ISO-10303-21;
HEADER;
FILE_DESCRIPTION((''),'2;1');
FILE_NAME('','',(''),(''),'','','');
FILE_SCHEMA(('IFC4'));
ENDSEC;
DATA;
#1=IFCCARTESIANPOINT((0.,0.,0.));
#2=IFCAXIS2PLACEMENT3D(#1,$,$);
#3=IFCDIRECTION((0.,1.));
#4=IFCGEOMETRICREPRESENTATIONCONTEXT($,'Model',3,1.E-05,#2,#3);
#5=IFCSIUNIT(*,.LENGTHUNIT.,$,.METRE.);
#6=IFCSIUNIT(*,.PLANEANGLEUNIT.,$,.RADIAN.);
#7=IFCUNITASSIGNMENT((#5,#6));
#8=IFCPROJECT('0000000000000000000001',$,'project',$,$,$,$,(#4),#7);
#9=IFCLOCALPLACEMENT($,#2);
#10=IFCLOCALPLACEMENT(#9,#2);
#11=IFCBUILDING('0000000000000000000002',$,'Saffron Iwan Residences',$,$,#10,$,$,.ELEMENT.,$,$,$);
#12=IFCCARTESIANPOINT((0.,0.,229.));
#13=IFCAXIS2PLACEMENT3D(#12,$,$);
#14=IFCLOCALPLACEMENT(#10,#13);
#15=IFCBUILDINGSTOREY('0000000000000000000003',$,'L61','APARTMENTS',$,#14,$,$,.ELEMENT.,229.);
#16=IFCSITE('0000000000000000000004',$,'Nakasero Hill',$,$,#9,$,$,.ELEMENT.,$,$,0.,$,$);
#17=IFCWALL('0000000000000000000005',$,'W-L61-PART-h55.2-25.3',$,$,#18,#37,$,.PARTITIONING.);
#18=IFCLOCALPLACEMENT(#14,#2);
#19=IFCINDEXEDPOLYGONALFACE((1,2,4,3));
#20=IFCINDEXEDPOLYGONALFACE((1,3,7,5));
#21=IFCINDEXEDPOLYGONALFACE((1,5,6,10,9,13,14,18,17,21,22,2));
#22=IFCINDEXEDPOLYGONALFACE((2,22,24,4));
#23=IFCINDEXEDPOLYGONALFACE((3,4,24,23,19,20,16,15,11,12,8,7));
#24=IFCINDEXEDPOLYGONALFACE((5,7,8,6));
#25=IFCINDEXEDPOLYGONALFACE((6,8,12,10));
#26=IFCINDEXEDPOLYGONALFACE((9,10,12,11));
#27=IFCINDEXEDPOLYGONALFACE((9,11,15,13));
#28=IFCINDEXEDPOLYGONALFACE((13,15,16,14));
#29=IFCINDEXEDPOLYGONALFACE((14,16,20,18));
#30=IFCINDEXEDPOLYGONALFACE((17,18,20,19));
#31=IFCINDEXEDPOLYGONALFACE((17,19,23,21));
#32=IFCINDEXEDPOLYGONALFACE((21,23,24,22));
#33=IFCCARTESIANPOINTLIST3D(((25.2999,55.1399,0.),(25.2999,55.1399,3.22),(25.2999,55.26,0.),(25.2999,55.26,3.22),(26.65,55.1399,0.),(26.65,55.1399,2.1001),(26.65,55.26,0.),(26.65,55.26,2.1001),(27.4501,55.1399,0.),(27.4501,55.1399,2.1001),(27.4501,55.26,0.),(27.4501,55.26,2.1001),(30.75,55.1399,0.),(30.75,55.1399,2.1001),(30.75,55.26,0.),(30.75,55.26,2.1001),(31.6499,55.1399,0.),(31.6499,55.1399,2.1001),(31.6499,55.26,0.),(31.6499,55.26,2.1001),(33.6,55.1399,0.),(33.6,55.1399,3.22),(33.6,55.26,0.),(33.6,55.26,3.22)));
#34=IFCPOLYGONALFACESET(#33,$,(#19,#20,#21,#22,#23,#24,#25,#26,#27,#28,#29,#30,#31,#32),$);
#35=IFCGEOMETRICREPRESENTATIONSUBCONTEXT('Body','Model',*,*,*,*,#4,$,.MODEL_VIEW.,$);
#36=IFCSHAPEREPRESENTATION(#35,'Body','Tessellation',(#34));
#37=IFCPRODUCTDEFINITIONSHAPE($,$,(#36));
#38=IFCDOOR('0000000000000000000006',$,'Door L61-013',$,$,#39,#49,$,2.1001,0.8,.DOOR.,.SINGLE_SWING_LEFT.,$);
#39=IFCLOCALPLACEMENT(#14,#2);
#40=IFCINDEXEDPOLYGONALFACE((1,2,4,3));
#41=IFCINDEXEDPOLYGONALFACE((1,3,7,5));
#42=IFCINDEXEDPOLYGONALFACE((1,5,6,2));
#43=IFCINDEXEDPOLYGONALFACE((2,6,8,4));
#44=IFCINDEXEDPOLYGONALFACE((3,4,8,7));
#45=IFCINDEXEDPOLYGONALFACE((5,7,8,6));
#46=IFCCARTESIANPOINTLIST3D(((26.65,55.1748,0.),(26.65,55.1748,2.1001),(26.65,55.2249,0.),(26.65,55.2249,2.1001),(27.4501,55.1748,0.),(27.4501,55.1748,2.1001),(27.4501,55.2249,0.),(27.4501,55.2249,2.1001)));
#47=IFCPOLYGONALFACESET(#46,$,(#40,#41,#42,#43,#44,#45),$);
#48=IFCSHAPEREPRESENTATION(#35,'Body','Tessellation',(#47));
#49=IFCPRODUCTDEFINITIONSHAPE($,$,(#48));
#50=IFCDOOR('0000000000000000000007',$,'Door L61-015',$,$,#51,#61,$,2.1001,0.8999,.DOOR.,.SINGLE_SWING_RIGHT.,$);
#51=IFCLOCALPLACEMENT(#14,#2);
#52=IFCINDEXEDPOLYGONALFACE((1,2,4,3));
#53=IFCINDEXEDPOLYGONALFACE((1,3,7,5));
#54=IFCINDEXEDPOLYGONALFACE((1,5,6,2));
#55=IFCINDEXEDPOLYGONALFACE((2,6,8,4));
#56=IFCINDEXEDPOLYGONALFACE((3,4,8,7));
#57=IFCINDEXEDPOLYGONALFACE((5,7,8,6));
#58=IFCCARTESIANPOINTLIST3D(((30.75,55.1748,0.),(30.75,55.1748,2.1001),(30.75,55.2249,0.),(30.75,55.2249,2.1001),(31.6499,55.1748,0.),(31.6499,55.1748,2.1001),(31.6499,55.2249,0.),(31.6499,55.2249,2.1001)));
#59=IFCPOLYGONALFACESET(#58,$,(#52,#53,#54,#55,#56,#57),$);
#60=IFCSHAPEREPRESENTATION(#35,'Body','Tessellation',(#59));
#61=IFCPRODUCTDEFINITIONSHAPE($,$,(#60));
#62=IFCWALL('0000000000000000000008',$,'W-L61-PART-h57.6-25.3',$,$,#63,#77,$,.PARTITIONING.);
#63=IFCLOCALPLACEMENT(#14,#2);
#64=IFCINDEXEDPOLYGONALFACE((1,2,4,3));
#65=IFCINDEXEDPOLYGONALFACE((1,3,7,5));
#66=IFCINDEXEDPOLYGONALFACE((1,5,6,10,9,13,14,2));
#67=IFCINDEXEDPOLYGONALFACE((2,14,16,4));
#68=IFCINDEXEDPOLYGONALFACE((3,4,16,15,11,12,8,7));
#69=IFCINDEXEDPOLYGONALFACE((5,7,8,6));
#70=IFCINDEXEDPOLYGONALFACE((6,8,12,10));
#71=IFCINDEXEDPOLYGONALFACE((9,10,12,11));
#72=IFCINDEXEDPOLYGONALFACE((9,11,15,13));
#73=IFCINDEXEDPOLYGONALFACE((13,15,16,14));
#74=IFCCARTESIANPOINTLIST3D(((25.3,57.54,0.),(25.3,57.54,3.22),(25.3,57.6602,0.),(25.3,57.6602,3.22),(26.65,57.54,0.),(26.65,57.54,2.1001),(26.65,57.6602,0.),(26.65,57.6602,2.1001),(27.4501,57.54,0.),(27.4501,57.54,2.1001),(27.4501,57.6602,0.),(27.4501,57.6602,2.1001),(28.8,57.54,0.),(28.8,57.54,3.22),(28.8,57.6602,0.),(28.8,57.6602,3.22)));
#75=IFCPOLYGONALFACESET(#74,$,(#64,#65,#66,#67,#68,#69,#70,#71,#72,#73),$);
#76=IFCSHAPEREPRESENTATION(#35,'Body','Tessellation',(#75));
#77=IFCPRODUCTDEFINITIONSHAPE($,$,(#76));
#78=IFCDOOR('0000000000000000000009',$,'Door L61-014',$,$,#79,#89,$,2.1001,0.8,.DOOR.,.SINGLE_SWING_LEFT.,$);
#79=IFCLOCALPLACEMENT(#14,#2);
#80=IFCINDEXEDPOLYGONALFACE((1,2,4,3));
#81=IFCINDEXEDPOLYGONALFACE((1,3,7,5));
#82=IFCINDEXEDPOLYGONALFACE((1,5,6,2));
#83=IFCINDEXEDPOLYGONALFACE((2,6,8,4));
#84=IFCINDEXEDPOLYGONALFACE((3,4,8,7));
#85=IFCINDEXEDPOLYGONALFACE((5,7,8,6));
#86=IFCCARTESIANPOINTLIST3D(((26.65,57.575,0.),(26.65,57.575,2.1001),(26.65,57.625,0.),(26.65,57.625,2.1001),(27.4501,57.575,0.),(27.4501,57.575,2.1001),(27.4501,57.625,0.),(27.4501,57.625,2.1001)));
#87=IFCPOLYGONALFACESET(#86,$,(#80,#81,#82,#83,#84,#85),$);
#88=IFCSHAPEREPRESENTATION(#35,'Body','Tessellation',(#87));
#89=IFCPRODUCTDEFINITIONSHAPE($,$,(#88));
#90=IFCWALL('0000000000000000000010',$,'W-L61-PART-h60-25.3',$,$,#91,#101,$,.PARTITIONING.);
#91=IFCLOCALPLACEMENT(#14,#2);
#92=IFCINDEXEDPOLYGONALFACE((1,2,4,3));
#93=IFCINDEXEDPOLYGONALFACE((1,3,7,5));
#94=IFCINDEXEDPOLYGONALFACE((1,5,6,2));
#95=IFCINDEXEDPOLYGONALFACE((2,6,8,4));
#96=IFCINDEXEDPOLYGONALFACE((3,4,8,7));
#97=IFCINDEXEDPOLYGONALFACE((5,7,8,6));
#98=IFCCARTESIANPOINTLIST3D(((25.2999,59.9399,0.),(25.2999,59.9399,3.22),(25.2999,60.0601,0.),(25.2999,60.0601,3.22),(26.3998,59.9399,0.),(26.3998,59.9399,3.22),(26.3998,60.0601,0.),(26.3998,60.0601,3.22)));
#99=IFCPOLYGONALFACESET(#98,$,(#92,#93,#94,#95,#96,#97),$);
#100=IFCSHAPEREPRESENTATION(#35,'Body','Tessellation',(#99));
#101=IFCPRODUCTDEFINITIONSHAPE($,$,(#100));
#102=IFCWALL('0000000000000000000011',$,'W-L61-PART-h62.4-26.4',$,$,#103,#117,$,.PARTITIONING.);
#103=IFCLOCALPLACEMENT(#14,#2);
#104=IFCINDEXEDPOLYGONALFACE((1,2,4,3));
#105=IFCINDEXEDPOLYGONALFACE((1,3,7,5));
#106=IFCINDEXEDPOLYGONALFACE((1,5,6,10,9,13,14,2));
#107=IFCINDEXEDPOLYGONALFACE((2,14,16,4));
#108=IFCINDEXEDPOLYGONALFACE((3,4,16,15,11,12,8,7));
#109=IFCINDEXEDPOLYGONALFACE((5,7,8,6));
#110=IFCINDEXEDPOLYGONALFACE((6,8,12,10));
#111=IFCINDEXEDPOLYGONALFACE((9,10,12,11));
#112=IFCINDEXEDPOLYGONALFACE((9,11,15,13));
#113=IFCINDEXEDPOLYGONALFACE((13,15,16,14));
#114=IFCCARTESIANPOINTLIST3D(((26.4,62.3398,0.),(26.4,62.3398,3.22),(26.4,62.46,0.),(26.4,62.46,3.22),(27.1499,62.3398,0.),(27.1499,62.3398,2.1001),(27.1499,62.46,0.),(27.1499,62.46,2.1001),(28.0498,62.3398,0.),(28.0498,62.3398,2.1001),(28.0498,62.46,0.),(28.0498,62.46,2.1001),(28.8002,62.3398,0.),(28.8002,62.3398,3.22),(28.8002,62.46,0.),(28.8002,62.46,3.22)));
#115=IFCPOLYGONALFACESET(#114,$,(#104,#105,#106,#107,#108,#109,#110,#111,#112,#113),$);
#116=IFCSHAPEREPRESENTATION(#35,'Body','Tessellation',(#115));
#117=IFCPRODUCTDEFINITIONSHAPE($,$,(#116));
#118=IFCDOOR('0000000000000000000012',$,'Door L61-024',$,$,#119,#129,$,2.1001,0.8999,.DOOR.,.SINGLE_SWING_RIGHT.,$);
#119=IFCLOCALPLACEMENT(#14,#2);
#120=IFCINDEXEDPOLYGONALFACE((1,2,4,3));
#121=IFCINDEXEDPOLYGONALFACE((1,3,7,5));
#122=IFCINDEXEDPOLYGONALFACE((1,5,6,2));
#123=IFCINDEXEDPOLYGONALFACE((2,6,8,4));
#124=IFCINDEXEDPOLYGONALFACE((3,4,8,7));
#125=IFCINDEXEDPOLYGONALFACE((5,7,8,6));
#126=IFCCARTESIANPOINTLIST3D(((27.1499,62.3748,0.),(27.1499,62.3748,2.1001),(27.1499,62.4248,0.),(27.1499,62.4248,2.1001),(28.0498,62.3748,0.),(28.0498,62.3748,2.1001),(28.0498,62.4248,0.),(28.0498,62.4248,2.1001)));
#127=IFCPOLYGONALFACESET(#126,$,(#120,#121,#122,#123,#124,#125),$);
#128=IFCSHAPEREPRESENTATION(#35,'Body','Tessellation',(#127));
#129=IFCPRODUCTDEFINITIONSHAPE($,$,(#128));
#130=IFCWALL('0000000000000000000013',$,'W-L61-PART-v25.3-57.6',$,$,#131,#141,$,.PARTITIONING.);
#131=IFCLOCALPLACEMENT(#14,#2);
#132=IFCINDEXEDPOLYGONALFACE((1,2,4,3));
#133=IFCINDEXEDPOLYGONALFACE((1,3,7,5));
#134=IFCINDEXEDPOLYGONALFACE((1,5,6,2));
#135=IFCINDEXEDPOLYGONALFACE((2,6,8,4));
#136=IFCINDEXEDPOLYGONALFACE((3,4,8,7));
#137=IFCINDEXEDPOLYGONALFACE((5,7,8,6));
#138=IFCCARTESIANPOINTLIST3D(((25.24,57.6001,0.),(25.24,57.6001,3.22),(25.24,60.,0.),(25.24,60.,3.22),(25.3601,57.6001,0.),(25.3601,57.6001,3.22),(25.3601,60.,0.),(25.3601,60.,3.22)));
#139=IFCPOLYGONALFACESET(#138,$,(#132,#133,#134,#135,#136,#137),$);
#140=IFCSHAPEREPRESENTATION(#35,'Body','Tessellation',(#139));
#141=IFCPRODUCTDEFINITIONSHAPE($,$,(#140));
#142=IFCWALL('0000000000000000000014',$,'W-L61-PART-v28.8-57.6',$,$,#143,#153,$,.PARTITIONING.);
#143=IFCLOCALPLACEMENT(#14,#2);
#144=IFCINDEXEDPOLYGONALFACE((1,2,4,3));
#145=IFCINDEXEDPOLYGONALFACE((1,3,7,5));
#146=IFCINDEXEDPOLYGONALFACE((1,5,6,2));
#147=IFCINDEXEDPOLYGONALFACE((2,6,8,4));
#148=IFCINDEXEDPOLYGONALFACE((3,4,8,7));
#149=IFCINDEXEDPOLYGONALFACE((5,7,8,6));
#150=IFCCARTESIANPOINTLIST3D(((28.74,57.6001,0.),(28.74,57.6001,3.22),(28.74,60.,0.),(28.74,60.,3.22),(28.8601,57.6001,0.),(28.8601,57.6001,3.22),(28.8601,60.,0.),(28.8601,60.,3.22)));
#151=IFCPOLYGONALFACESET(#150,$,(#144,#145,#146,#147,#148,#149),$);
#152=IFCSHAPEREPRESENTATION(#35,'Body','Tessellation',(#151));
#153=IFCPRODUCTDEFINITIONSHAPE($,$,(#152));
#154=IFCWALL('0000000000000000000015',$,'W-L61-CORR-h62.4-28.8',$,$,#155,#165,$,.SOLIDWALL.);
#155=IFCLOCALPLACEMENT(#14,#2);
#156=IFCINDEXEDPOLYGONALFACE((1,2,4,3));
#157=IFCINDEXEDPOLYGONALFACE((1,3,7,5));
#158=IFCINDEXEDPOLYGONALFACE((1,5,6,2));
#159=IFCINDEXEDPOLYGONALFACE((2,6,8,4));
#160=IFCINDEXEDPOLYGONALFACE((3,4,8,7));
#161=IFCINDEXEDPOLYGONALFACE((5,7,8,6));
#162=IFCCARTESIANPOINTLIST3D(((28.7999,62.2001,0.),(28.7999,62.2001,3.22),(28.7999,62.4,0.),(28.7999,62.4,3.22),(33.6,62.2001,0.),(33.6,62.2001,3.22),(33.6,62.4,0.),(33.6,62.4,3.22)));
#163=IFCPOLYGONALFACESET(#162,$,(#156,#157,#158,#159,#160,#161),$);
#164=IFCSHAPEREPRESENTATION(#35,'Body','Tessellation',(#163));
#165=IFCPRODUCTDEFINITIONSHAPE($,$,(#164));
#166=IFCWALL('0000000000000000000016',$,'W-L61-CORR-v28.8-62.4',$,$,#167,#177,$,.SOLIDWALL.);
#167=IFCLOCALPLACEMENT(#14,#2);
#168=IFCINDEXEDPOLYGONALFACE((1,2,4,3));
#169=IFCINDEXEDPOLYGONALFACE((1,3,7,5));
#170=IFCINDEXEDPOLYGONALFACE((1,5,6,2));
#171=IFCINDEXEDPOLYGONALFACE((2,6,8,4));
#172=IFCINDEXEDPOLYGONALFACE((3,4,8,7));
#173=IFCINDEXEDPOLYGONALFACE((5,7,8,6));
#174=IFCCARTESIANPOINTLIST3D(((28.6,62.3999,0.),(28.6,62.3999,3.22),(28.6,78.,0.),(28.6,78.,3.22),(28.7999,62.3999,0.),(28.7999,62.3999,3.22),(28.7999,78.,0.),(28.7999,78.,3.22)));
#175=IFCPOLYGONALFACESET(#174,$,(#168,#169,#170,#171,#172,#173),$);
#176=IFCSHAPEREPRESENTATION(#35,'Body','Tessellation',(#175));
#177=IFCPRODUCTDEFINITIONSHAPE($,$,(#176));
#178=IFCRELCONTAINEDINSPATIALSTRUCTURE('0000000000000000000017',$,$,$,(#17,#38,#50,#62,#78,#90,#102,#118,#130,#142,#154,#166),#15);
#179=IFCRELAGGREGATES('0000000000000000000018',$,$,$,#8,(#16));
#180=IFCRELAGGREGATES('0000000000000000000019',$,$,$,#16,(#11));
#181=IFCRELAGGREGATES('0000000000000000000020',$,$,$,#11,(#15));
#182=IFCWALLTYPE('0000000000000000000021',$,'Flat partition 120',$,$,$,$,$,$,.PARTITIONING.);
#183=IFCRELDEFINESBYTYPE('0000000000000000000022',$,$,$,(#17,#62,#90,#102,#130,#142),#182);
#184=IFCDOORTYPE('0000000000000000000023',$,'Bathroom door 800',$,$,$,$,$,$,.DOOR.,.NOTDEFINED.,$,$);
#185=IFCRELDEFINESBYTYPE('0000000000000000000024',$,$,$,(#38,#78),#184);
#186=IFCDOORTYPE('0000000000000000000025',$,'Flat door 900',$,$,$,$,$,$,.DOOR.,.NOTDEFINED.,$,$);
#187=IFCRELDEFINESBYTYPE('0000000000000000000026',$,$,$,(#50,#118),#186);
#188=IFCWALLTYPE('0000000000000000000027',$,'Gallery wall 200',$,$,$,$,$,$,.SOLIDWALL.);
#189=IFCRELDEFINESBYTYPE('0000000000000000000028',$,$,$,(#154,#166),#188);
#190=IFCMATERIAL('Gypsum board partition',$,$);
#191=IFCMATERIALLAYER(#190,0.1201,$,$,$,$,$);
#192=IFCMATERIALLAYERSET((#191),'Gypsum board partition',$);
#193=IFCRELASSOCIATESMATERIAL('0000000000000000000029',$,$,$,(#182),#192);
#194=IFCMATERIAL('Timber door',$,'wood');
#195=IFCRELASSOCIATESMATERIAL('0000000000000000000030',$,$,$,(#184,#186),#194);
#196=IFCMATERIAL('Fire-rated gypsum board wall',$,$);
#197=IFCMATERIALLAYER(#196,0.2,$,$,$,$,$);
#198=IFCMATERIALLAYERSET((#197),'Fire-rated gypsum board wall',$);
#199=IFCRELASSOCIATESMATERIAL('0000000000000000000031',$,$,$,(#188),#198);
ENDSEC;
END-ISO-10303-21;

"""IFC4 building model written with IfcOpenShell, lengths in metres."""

from ifc_helpers import new_model, si_unit, direction, frame, frame_2d, origin, place, context, subcontext, project, spatial, rectangle, extrude, material, layer, layer_set, type_object, element, fill, save


model = new_model("IFC4")

# Units and contexts
model_context = context("Model", 3, precision=1e-05, world=origin(), true_north=direction((0.0, 1.0)))
body_context = subcontext(model_context, "Body", "Model", "MODEL_VIEW")
ifc_project = project(units=[si_unit("LENGTHUNIT", "METRE"), si_unit("PLANEANGLEUNIT", "RADIAN")], contexts=[model_context])

# Site, building, storey
site_placement = place(None, origin())
site = spatial("IfcSite", under=ifc_project, at=site_placement, Name="Nakasero Hill", CompositionType="ELEMENT", RefElevation=0.0)
building_placement = place(site_placement, origin())
building = spatial("IfcBuilding", under=site, at=building_placement, Name="Saffron Iwan Residences", CompositionType="ELEMENT")
storey_placement = place(building_placement, frame((0.0, 0.0, 229.0)))
storey = spatial("IfcBuildingStorey", under=building, at=storey_placement, Name="L61", Description="APARTMENTS", CompositionType="ELEMENT", Elevation=229.0)

# Shared definitions
ifc_material_1 = material(Name="Fire-rated gypsum board wall")

# Wall, openings, doors
ifc_material_2 = material(Name="Gypsum board partition")
ifc_layer_1 = layer(ifc_material_2, 0.1201)
ifc_layer_set_1 = layer_set([ifc_layer_1], Name="Gypsum board partition")
wall_type_1 = type_object("IfcWallType", Name="Flat partition 120", PredefinedType="PARTITIONING", material=ifc_layer_set_1)
wall_1_placement = place(storey_placement, frame((25.3, 55.2, 0.0), z_axis=(0.0, 0.0, 1.0), x_axis=(1.0, 0.0, 0.0)))
wall_1 = element("IfcWall", 1, at=wall_1_placement, inside=storey, type_object=wall_type_1, Name="W-L61-PART-h55.2-25.3", PredefinedType="PARTITIONING", context=body_context, shape_type="SweptSolid", body=[
    extrude(rectangle(XDim=8.3, YDim=0.1201, at=frame_2d((4.1499, 0.0))), origin(), (0.0, 0.0, 1.0), 3.22),
])
opening_1_placement = place(wall_1_placement, frame((1.3501, 0.0, 0.0)))
opening_1 = element("IfcOpeningElement", 2, at=opening_1_placement, cuts=wall_1, PredefinedType="OPENING", context=body_context, shape_type="SweptSolid", body=[
    extrude(rectangle(XDim=0.8, YDim=2.1001, at=frame_2d((0.3999, 1.05))), frame((0.0, 0.0701, 0.0), z_axis=(0.0, -1.0, 0.0), x_axis=(1.0, 0.0, 0.0)), (0.0, 0.0, 1.0), 0.1401),
])
opening_2_placement = place(wall_1_placement, frame((5.45, 0.0, 0.0)))
opening_2 = element("IfcOpeningElement", 3, at=opening_2_placement, cuts=wall_1, PredefinedType="OPENING", context=body_context, shape_type="SweptSolid", body=[
    extrude(rectangle(XDim=0.8999, YDim=2.1001, at=frame_2d((0.45, 1.05))), frame((0.0, 0.0701, 0.0), z_axis=(0.0, -1.0, 0.0), x_axis=(1.0, 0.0, 0.0)), (0.0, 0.0, 1.0), 0.1401),
])
ifc_material_3 = material(Name="Timber door", Category="wood")
door_type_1 = type_object("IfcDoorType", Name="Bathroom door 800", OperationType="NOTDEFINED", PredefinedType="DOOR", material=ifc_material_3)
door_1_placement = place(opening_1_placement, origin())
door_1 = element("IfcDoor", 4, at=door_1_placement, inside=storey, type_object=door_type_1, Name="Door L61-013", OperationType="SINGLE_SWING_LEFT", OverallHeight=2.1001, OverallWidth=0.8, PredefinedType="DOOR", context=body_context, shape_type="SweptSolid", body=[
    extrude(rectangle(XDim=0.8, YDim=2.1001, at=frame_2d((0.3999, 1.05))), frame((0.0, 0.0249, 0.0), z_axis=(0.0, -1.0, 0.0), x_axis=(1.0, 0.0, 0.0)), (0.0, 0.0, 1.0), 0.05),
])
fill(opening_1, door_1)
door_type_2 = type_object("IfcDoorType", Name="Flat door 900", OperationType="NOTDEFINED", PredefinedType="DOOR", material=ifc_material_3)
door_2_placement = place(opening_2_placement, origin())
door_2 = element("IfcDoor", 5, at=door_2_placement, inside=storey, type_object=door_type_2, Name="Door L61-015", OperationType="SINGLE_SWING_RIGHT", OverallHeight=2.1001, OverallWidth=0.8999, PredefinedType="DOOR", context=body_context, shape_type="SweptSolid", body=[
    extrude(rectangle(XDim=0.8999, YDim=2.1001, at=frame_2d((0.45, 1.05))), frame((0.0, 0.0249, 0.0), z_axis=(0.0, -1.0, 0.0), x_axis=(1.0, 0.0, 0.0)), (0.0, 0.0, 1.0), 0.05),
])
fill(opening_2, door_2)

# Wall, opening, door
wall_2_placement = place(storey_placement, frame((25.3, 57.6001, 0.0), z_axis=(0.0, 0.0, 1.0), x_axis=(1.0, 0.0, 0.0)))
wall_2 = element("IfcWall", 6, at=wall_2_placement, inside=storey, type_object=wall_type_1, Name="W-L61-PART-h57.6-25.3", PredefinedType="PARTITIONING", context=body_context, shape_type="SweptSolid", body=[
    extrude(rectangle(XDim=3.5, YDim=0.1201, at=frame_2d((1.75, 0.0))), origin(), (0.0, 0.0, 1.0), 3.22),
])
opening_3_placement = place(wall_2_placement, frame((1.3501, 0.0, 0.0)))
opening_3 = element("IfcOpeningElement", 7, at=opening_3_placement, cuts=wall_2, PredefinedType="OPENING", context=body_context, shape_type="SweptSolid", body=[
    extrude(rectangle(XDim=0.8, YDim=2.1001, at=frame_2d((0.3999, 1.05))), frame((0.0, 0.0701, 0.0), z_axis=(0.0, -1.0, 0.0), x_axis=(1.0, 0.0, 0.0)), (0.0, 0.0, 1.0), 0.1401),
])
door_3_placement = place(opening_3_placement, origin())
door_3 = element("IfcDoor", 8, at=door_3_placement, inside=storey, type_object=door_type_1, Name="Door L61-014", OperationType="SINGLE_SWING_LEFT", OverallHeight=2.1001, OverallWidth=0.8, PredefinedType="DOOR", context=body_context, shape_type="SweptSolid", body=[
    extrude(rectangle(XDim=0.8, YDim=2.1001, at=frame_2d((0.3999, 1.05))), frame((0.0, 0.0249, 0.0), z_axis=(0.0, -1.0, 0.0), x_axis=(1.0, 0.0, 0.0)), (0.0, 0.0, 1.0), 0.05),
])
fill(opening_3, door_3)

# Wall
wall_3_placement = place(storey_placement, frame((25.3, 60.0, 0.0), z_axis=(0.0, 0.0, 1.0), x_axis=(1.0, 0.0, 0.0)))
element("IfcWall", 9, at=wall_3_placement, inside=storey, type_object=wall_type_1, Name="W-L61-PART-h60-25.3", PredefinedType="PARTITIONING", context=body_context, shape_type="SweptSolid", body=[
    extrude(rectangle(XDim=1.0999, YDim=0.1201, at=frame_2d((0.5498, 0.0))), origin(), (0.0, 0.0, 1.0), 3.22),
])

# Wall, opening, door
wall_4_placement = place(storey_placement, frame((26.3999, 62.3999, 0.0), z_axis=(0.0, 0.0, 1.0), x_axis=(1.0, 0.0, 0.0)))
wall_4 = element("IfcWall", 10, at=wall_4_placement, inside=storey, type_object=wall_type_1, Name="W-L61-PART-h62.4-26.4", PredefinedType="PARTITIONING", context=body_context, shape_type="SweptSolid", body=[
    extrude(rectangle(XDim=2.4001, YDim=0.1201, at=frame_2d((1.2002, 0.0))), origin(), (0.0, 0.0, 1.0), 3.22),
])
opening_4_placement = place(wall_4_placement, frame((0.75, 0.0, 0.0)))
opening_4 = element("IfcOpeningElement", 11, at=opening_4_placement, cuts=wall_4, PredefinedType="OPENING", context=body_context, shape_type="SweptSolid", body=[
    extrude(rectangle(XDim=0.8999, YDim=2.1001, at=frame_2d((0.45, 1.05))), frame((0.0, 0.0701, 0.0), z_axis=(0.0, -1.0, 0.0), x_axis=(1.0, 0.0, 0.0)), (0.0, 0.0, 1.0), 0.1401),
])
door_4_placement = place(opening_4_placement, origin())
door_4 = element("IfcDoor", 12, at=door_4_placement, inside=storey, type_object=door_type_2, Name="Door L61-024", OperationType="SINGLE_SWING_RIGHT", OverallHeight=2.1001, OverallWidth=0.8999, PredefinedType="DOOR", context=body_context, shape_type="SweptSolid", body=[
    extrude(rectangle(XDim=0.8999, YDim=2.1001, at=frame_2d((0.45, 1.05))), frame((0.0, 0.0249, 0.0), z_axis=(0.0, -1.0, 0.0), x_axis=(1.0, 0.0, 0.0)), (0.0, 0.0, 1.0), 0.05),
])
fill(opening_4, door_4)

# Walls
for number, where, z_axis, x_axis, name in (
    (13, (25.3, 57.6001, 0.0), (0.0, 0.0, 1.0), (0.0, 1.0, 0.0), "W-L61-PART-v25.3-57.6"),
    (14, (28.8, 57.6001, 0.0), (0.0, 0.0, 1.0), (0.0, 1.0, 0.0), "W-L61-PART-v28.8-57.6"),
):
    element("IfcWall", number, at=place(storey_placement, frame(where, z_axis=z_axis, x_axis=x_axis)), inside=storey, type_object=wall_type_1, Name=name, PredefinedType="PARTITIONING", context=body_context, shape_type="SweptSolid", body=[
        extrude(rectangle(XDim=2.3999, YDim=0.1201, at=frame_2d((1.2, 0.0))), origin(), (0.0, 0.0, 1.0), 3.22),
    ])
ifc_layer_2 = layer(ifc_material_1, 0.2)
ifc_layer_set_2 = layer_set([ifc_layer_2], Name="Fire-rated gypsum board wall")
wall_type_2 = type_object("IfcWallType", Name="Gallery wall 200", PredefinedType="SOLIDWALL", material=ifc_layer_set_2)
wall_5_placement = place(storey_placement, frame((28.8, 62.3, 0.0), z_axis=(0.0, 0.0, 1.0), x_axis=(1.0, 0.0, 0.0)))
element("IfcWall", 15, at=wall_5_placement, inside=storey, type_object=wall_type_2, Name="W-L61-CORR-h62.4-28.8", PredefinedType="SOLIDWALL", context=body_context, shape_type="SweptSolid", body=[
    extrude(rectangle(XDim=4.8, YDim=0.2, at=frame_2d((2.3999, 0.0))), origin(), (0.0, 0.0, 1.0), 3.22),
])
wall_6_placement = place(storey_placement, frame((28.7, 62.3999, 0.0), z_axis=(0.0, 0.0, 1.0), x_axis=(0.0, 1.0, 0.0)))
element("IfcWall", 16, at=wall_6_placement, inside=storey, type_object=wall_type_2, Name="W-L61-CORR-v28.8-62.4", PredefinedType="SOLIDWALL", context=body_context, shape_type="SweptSolid", body=[
    extrude(rectangle(XDim=15.6001, YDim=0.2, at=frame_2d((7.8, 0.0))), origin(), (0.0, 0.0, 1.0), 3.22),
])

save(model, "model.ifc")
